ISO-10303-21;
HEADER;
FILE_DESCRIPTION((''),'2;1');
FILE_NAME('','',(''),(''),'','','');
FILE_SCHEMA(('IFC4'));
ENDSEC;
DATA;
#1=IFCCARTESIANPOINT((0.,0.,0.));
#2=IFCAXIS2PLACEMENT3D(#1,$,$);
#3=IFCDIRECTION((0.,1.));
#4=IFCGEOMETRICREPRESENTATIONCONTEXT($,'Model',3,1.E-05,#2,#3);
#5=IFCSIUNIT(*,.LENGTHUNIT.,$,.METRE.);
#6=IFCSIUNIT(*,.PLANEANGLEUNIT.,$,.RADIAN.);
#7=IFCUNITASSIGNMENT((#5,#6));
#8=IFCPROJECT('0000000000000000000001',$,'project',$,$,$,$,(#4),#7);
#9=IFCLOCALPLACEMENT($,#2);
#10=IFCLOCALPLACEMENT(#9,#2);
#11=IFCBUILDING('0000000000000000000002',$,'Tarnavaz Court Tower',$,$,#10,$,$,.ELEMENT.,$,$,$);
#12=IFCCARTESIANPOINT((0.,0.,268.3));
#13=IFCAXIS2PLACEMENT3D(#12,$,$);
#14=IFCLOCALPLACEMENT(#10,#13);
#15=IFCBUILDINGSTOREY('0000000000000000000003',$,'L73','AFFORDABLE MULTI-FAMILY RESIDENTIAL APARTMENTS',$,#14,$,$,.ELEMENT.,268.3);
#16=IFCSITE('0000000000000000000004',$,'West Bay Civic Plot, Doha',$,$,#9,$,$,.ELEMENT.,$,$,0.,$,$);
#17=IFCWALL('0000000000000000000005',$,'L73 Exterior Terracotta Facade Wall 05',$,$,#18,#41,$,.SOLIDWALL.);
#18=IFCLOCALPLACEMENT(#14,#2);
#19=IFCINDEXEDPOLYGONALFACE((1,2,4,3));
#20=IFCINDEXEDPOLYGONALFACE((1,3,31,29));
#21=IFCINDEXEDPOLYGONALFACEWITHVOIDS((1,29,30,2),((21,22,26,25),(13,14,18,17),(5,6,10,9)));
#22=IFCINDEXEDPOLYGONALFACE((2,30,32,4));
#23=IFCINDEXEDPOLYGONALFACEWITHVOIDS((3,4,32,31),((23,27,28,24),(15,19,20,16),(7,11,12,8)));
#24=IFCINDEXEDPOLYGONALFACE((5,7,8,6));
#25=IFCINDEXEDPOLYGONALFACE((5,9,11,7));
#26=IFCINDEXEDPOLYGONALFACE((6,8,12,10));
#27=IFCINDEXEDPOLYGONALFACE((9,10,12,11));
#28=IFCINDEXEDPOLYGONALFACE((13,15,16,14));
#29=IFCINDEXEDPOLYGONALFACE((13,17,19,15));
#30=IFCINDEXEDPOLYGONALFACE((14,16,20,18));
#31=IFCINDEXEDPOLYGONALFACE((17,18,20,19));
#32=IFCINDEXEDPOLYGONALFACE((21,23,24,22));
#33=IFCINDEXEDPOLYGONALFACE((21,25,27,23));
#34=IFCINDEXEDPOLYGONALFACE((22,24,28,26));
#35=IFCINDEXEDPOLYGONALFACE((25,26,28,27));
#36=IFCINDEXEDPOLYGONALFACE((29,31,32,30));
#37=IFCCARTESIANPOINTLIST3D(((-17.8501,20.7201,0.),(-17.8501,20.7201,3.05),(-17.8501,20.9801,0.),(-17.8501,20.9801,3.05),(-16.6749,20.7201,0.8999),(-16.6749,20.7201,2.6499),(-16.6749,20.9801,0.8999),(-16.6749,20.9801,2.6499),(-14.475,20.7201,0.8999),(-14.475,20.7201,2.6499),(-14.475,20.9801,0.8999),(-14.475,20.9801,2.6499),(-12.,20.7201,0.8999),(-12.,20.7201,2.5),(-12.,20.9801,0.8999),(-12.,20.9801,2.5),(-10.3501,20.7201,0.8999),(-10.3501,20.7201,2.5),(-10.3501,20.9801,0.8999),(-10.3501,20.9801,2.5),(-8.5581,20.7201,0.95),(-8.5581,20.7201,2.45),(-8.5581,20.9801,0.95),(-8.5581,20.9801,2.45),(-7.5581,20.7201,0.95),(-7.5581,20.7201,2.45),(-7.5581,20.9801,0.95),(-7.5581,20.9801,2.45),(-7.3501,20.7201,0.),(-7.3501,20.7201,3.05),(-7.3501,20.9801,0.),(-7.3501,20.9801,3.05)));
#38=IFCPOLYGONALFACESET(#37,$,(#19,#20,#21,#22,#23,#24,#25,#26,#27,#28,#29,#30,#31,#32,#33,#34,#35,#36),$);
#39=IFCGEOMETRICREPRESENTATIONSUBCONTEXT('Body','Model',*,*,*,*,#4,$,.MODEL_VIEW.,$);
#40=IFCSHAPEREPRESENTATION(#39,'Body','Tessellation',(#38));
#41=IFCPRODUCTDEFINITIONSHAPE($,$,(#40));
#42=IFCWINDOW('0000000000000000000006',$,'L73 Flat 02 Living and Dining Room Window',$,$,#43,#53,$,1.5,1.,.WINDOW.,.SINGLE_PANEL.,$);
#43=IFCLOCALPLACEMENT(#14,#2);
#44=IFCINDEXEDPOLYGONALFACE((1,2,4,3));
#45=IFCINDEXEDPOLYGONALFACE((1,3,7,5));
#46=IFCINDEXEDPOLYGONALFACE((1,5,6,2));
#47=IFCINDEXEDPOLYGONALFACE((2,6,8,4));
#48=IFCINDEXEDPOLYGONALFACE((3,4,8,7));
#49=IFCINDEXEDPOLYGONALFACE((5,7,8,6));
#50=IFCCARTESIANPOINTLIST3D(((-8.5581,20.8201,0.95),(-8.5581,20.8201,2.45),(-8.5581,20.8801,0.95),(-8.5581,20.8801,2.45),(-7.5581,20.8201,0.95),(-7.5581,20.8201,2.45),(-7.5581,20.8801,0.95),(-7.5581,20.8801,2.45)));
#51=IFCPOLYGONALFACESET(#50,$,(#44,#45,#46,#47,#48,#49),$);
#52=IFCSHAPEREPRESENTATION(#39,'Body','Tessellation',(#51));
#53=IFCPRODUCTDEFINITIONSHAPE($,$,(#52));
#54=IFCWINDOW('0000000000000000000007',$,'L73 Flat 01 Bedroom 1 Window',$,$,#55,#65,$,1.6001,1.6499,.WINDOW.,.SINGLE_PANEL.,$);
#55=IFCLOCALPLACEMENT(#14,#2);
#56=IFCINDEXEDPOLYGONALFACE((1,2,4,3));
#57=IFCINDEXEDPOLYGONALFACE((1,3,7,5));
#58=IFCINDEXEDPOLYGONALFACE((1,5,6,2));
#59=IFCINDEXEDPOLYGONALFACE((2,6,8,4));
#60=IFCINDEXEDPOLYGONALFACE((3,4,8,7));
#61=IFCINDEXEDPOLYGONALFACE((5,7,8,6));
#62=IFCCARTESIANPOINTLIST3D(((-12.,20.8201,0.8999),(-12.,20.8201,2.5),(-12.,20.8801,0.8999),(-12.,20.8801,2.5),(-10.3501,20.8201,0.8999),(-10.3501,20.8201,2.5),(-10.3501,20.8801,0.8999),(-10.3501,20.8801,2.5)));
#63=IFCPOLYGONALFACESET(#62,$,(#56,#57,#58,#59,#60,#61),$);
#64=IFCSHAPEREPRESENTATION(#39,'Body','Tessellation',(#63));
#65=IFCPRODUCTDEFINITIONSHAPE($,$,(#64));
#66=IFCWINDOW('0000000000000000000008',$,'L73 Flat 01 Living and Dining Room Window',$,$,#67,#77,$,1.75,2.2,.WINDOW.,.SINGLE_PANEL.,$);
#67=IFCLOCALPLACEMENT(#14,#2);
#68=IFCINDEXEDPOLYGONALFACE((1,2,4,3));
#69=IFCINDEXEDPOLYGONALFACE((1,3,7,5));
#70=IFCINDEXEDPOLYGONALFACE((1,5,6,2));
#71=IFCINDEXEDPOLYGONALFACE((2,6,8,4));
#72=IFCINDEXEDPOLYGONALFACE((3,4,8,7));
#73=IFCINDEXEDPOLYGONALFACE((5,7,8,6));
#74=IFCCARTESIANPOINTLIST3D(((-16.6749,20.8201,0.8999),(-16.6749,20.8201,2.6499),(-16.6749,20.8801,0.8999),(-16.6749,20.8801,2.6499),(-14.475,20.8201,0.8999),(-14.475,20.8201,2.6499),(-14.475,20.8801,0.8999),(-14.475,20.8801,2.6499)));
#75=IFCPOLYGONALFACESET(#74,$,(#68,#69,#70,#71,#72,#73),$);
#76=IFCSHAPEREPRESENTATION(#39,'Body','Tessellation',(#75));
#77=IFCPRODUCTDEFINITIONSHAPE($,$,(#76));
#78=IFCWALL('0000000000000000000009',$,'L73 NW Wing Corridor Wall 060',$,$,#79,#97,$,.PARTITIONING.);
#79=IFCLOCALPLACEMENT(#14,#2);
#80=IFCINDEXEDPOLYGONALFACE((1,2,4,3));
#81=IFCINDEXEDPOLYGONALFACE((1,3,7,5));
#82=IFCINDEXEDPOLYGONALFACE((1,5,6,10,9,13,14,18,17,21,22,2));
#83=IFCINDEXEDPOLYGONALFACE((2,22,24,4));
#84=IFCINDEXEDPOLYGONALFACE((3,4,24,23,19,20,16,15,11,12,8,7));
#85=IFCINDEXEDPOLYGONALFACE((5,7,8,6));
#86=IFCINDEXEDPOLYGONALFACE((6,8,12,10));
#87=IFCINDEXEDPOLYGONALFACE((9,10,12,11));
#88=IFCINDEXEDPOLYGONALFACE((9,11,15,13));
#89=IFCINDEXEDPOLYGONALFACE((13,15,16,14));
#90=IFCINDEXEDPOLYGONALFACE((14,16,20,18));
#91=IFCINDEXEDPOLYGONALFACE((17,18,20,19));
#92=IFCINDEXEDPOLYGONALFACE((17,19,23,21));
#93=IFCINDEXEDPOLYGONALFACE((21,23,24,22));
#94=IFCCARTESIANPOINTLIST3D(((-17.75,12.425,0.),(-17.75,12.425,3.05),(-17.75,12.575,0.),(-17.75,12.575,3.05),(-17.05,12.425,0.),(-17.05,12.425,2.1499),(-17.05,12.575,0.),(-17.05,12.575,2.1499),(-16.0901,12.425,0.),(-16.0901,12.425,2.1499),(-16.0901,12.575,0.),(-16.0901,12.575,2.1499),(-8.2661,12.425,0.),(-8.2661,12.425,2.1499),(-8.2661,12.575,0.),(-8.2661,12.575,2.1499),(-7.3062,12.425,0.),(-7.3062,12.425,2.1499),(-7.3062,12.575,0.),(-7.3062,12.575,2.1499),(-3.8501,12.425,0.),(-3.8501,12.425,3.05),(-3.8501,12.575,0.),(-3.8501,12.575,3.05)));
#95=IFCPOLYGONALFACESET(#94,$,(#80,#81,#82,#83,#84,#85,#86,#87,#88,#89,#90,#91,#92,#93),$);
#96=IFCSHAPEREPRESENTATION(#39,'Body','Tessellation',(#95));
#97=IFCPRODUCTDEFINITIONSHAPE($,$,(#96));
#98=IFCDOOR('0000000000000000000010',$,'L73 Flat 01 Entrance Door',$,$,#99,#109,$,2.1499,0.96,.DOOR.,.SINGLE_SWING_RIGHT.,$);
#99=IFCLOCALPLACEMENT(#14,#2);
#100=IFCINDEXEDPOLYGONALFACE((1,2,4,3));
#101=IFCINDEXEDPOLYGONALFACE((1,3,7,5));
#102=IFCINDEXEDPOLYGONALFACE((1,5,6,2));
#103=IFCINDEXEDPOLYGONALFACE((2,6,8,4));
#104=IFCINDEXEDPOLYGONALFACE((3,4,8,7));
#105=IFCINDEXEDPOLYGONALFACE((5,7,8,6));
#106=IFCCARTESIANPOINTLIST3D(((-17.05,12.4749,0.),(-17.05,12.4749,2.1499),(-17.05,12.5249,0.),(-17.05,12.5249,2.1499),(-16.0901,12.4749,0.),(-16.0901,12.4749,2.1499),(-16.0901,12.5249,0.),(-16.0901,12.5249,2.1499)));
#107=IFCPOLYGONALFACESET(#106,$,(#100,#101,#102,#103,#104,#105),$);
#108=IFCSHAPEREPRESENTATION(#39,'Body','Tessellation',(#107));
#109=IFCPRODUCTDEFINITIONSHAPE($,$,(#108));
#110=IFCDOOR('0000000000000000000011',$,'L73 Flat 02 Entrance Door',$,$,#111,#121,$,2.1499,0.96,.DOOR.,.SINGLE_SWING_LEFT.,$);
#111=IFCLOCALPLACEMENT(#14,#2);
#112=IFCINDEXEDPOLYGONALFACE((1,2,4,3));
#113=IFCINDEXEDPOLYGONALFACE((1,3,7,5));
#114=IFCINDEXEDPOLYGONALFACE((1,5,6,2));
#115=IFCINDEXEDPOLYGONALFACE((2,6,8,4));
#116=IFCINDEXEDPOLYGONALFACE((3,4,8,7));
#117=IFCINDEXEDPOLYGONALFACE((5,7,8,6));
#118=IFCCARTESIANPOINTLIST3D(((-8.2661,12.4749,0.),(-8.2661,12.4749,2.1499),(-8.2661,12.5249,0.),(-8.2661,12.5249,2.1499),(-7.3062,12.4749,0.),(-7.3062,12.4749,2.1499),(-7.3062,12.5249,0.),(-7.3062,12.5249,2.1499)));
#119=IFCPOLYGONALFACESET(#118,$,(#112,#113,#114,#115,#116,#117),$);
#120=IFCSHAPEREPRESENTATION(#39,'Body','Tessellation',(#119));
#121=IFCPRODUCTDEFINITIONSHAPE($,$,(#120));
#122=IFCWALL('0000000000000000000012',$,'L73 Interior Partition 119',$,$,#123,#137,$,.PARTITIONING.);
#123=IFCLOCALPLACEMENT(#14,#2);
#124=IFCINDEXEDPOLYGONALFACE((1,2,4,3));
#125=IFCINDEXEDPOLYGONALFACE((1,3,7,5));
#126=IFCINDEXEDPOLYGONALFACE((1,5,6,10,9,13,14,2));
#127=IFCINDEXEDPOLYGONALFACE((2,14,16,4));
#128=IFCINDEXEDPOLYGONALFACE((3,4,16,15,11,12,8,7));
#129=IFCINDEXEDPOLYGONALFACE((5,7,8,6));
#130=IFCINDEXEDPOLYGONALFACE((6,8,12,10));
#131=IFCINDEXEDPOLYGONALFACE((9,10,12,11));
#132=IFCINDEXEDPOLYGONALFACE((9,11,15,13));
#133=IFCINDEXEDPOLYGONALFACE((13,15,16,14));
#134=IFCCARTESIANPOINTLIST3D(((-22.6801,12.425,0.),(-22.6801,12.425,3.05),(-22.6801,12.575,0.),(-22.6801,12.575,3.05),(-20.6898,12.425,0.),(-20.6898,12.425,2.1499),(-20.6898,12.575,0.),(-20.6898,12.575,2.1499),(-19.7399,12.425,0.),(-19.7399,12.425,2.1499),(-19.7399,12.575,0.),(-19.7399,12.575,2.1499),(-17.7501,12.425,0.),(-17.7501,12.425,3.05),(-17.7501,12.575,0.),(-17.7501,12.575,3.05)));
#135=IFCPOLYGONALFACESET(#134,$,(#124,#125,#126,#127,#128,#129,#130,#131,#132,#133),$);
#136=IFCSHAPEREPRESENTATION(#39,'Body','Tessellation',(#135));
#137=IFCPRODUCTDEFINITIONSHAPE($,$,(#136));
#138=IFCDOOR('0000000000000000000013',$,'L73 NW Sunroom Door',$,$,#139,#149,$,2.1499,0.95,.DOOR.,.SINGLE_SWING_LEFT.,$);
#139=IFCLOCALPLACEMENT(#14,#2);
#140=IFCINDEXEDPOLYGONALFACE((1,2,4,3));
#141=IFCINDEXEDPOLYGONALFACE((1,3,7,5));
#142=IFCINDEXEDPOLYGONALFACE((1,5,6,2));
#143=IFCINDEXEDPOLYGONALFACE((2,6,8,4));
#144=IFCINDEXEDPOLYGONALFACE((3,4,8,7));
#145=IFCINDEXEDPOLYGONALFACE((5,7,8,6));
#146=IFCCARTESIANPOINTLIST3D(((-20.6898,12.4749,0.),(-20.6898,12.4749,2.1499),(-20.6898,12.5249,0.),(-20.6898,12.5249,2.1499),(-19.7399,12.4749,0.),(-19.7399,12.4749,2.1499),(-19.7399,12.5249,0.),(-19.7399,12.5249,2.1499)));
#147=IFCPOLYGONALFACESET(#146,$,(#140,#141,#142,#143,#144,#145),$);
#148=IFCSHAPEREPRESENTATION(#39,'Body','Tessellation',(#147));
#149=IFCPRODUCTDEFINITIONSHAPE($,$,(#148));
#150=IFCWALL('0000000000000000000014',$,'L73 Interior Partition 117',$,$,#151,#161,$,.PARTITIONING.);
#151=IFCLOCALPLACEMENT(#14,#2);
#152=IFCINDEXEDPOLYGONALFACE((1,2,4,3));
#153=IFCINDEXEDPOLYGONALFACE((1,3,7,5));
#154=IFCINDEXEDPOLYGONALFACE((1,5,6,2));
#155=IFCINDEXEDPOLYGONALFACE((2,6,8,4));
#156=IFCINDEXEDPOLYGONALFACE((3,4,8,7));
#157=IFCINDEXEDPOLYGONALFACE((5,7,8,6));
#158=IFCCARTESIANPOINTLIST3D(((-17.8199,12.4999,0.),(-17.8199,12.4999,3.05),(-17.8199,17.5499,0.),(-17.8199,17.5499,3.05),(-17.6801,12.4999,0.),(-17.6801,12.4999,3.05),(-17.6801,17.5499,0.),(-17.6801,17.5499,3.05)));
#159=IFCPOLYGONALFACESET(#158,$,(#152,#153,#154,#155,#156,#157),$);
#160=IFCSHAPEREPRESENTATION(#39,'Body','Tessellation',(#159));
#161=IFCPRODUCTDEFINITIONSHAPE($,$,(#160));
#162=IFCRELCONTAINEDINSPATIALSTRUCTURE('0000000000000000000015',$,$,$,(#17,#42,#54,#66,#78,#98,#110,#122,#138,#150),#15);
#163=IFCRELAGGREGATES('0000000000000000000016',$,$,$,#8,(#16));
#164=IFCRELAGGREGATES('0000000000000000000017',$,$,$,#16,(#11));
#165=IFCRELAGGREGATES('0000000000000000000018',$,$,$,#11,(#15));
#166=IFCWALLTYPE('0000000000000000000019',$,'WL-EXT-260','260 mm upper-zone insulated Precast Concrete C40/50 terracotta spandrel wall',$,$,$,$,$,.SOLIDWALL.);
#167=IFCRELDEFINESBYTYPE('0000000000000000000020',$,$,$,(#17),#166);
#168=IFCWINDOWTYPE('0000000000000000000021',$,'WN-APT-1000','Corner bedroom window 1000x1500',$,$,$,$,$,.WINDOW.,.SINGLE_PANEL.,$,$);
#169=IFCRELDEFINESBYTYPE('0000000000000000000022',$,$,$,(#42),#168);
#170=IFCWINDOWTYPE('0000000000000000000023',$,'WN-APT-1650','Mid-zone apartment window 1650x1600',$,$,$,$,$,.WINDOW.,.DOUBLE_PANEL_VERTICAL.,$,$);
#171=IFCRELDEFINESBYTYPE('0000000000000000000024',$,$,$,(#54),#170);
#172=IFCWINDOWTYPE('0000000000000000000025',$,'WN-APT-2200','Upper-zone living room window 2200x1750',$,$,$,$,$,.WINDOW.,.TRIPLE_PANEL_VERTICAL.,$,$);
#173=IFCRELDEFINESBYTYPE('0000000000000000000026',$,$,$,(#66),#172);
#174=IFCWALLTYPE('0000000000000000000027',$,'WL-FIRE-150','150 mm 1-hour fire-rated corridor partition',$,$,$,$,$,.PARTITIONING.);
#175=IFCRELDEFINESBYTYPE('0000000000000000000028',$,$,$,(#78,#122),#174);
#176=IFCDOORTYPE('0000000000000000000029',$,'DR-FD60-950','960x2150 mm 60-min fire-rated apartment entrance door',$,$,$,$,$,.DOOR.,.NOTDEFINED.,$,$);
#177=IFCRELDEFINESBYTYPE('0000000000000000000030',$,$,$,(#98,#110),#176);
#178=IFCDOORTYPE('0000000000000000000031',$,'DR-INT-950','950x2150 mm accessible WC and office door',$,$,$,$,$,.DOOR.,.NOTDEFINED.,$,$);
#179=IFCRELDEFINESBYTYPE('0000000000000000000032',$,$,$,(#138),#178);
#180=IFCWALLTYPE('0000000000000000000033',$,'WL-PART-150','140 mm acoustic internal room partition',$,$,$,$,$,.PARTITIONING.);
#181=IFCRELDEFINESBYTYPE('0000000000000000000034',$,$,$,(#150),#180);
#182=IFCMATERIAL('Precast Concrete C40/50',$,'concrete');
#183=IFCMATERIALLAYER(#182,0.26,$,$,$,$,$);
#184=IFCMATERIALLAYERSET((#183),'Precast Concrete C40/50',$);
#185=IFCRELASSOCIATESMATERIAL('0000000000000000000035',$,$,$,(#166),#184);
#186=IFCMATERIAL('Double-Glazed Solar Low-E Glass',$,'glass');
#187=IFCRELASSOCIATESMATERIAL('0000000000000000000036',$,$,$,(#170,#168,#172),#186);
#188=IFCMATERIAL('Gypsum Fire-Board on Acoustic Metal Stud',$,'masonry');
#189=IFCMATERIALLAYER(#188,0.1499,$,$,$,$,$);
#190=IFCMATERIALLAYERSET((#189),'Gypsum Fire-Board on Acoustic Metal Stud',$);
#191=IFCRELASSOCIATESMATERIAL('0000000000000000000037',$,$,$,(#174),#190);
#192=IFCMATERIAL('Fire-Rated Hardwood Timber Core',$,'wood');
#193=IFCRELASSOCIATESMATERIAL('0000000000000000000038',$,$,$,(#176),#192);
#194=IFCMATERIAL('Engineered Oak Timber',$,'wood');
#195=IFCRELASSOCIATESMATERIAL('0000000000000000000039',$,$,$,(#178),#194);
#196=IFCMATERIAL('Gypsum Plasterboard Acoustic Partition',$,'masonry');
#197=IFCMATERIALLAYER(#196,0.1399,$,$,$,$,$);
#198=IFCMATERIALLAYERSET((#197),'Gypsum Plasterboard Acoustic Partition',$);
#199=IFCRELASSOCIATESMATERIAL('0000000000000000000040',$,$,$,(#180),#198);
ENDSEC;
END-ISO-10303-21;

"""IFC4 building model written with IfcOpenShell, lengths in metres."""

from ifc_helpers import new_model, si_unit, direction, frame, frame_2d, origin, place, context, subcontext, project, spatial, rectangle, extrude, material, layer, layer_set, type_object, element, fill, save


model = new_model("IFC4")

# Units and contexts
model_context = context("Model", 3, precision=1e-05, world=origin(), true_north=direction((0.0, 1.0)))
body_context = subcontext(model_context, "Body", "Model", "MODEL_VIEW")
ifc_project = project(units=[si_unit("LENGTHUNIT", "METRE"), si_unit("PLANEANGLEUNIT", "RADIAN")], contexts=[model_context])

# Site, building, storey
site_placement = place(None, origin())
site = spatial("IfcSite", under=ifc_project, at=site_placement, Name="West Bay Civic Plot, Doha", CompositionType="ELEMENT", RefElevation=0.0)
building_placement = place(site_placement, origin())
building = spatial("IfcBuilding", under=site, at=building_placement, Name="Tarnavaz Court Tower", CompositionType="ELEMENT")
storey_placement = place(building_placement, frame((0.0, 0.0, 268.3)))
storey = spatial("IfcBuildingStorey", under=building, at=storey_placement, Name="L73", Description="AFFORDABLE MULTI-FAMILY RESIDENTIAL APARTMENTS", CompositionType="ELEMENT", Elevation=268.3)

# Shared definitions
ifc_material_1 = material(Name="Precast Concrete C40/50", Category="concrete")
ifc_layer_1 = layer(ifc_material_1, 0.26)
ifc_layer_set_1 = layer_set([ifc_layer_1], Name="Precast Concrete C40/50")
wall_type_1 = type_object("IfcWallType", Name="WL-EXT-260", Description="260 mm upper-zone insulated Precast Concrete C40/50 terracotta spandrel wall", PredefinedType="SOLIDWALL", material=ifc_layer_set_1)
ifc_material_2 = material(Name="Double-Glazed Solar Low-E Glass", Category="glass")
window_type_1 = type_object("IfcWindowType", Name="WN-APT-1650", Description="Mid-zone apartment window 1650x1600", PartitioningType="DOUBLE_PANEL_VERTICAL", PredefinedType="WINDOW", material=ifc_material_2)

# Wall, openings, windows
wall_1_placement = place(storey_placement, frame((-17.8501, 20.8501, 0.0), z_axis=(0.0, 0.0, 1.0), x_axis=(1.0, 0.0, 0.0)))
wall_1 = element("IfcWall", 1, at=wall_1_placement, inside=storey, type_object=wall_type_1, Name="L73 Exterior Terracotta Facade Wall 05", PredefinedType="SOLIDWALL", context=body_context, shape_type="SweptSolid", body=[
    extrude(rectangle(XDim=10.5, YDim=0.26, at=frame_2d((5.25, 0.0))), origin(), (0.0, 0.0, 1.0), 3.05),
])
opening_1_placement = place(wall_1_placement, frame((1.175, 0.0, 0.8999)))
opening_1 = element("IfcOpeningElement", 2, at=opening_1_placement, cuts=wall_1, PredefinedType="OPENING", context=body_context, shape_type="SweptSolid", body=[
    extrude(rectangle(XDim=2.2, YDim=1.75, at=frame_2d((1.1001, 0.875))), frame((0.0, 0.1399, 0.0), z_axis=(0.0, -1.0, 0.0), x_axis=(1.0, 0.0, 0.0)), (0.0, 0.0, 1.0), 0.28),
])
opening_2_placement = place(wall_1_placement, frame((5.8501, 0.0, 0.8999)))
opening_2 = element("IfcOpeningElement", 3, at=opening_2_placement, cuts=wall_1, PredefinedType="OPENING", context=body_context, shape_type="SweptSolid", body=[
    extrude(rectangle(XDim=1.6499, YDim=1.6001, at=frame_2d((0.825, 0.8))), frame((0.0, 0.1399, 0.0), z_axis=(0.0, -1.0, 0.0), x_axis=(1.0, 0.0, 0.0)), (0.0, 0.0, 1.0), 0.28),
])
opening_3_placement = place(wall_1_placement, frame((9.292, 0.0, 0.95)))
opening_3 = element("IfcOpeningElement", 4, at=opening_3_placement, cuts=wall_1, PredefinedType="OPENING", context=body_context, shape_type="SweptSolid", body=[
    extrude(rectangle(XDim=1.0, YDim=1.5, at=frame_2d((0.5, 0.75))), frame((0.0, 0.1399, 0.0), z_axis=(0.0, -1.0, 0.0), x_axis=(1.0, 0.0, 0.0)), (0.0, 0.0, 1.0), 0.28),
])
window_type_2 = type_object("IfcWindowType", Name="WN-APT-1000", Description="Corner bedroom window 1000x1500", PartitioningType="SINGLE_PANEL", PredefinedType="WINDOW", material=ifc_material_2)
window_1_placement = place(opening_3_placement, origin())
window_1 = element("IfcWindow", 5, at=window_1_placement, inside=storey, type_object=window_type_2, Name="L73 Flat 02 Living and Dining Room Window", OverallHeight=1.5, OverallWidth=1.0, PartitioningType="SINGLE_PANEL", PredefinedType="WINDOW", context=body_context, shape_type="SweptSolid", body=[
    extrude(rectangle(XDim=1.0, YDim=1.5, at=frame_2d((0.5, 0.75))), frame((0.0, 0.03, 0.0), z_axis=(0.0, -1.0, 0.0), x_axis=(1.0, 0.0, 0.0)), (0.0, 0.0, 1.0), 0.0601),
])
fill(opening_3, window_1)
window_2_placement = place(opening_2_placement, origin())
window_2 = element("IfcWindow", 6, at=window_2_placement, inside=storey, type_object=window_type_1, Name="L73 Flat 01 Bedroom 1 Window", OverallHeight=1.6001, OverallWidth=1.6499, PartitioningType="SINGLE_PANEL", PredefinedType="WINDOW", context=body_context, shape_type="SweptSolid", body=[
    extrude(rectangle(XDim=1.6499, YDim=1.6001, at=frame_2d((0.825, 0.8))), frame((0.0, 0.03, 0.0), z_axis=(0.0, -1.0, 0.0), x_axis=(1.0, 0.0, 0.0)), (0.0, 0.0, 1.0), 0.0601),
])
fill(opening_2, window_2)
window_type_3 = type_object("IfcWindowType", Name="WN-APT-2200", Description="Upper-zone living room window 2200x1750", PartitioningType="TRIPLE_PANEL_VERTICAL", PredefinedType="WINDOW", material=ifc_material_2)
window_3_placement = place(opening_1_placement, origin())
window_3 = element("IfcWindow", 7, at=window_3_placement, inside=storey, type_object=window_type_3, Name="L73 Flat 01 Living and Dining Room Window", OverallHeight=1.75, OverallWidth=2.2, PartitioningType="SINGLE_PANEL", PredefinedType="WINDOW", context=body_context, shape_type="SweptSolid", body=[
    extrude(rectangle(XDim=2.2, YDim=1.75, at=frame_2d((1.1001, 0.875))), frame((0.0, 0.03, 0.0), z_axis=(0.0, -1.0, 0.0), x_axis=(1.0, 0.0, 0.0)), (0.0, 0.0, 1.0), 0.0601),
])
fill(opening_1, window_3)

# Wall, openings, doors
ifc_material_3 = material(Name="Gypsum Fire-Board on Acoustic Metal Stud", Category="masonry")
ifc_layer_2 = layer(ifc_material_3, 0.1499)
ifc_layer_set_2 = layer_set([ifc_layer_2], Name="Gypsum Fire-Board on Acoustic Metal Stud")
wall_type_2 = type_object("IfcWallType", Name="WL-FIRE-150", Description="150 mm 1-hour fire-rated corridor partition", PredefinedType="PARTITIONING", material=ifc_layer_set_2)
wall_2_placement = place(storey_placement, frame((-17.75, 12.5, 0.0), z_axis=(0.0, 0.0, 1.0), x_axis=(1.0, 0.0, 0.0)))
wall_2 = element("IfcWall", 8, at=wall_2_placement, inside=storey, type_object=wall_type_2, Name="L73 NW Wing Corridor Wall 060", PredefinedType="PARTITIONING", context=body_context, shape_type="SweptSolid", body=[
    extrude(rectangle(XDim=13.8999, YDim=0.1499, at=frame_2d((6.95, 0.0))), origin(), (0.0, 0.0, 1.0), 3.05),
])
opening_4_placement = place(wall_2_placement, frame((0.7, 0.0, 0.0)))
opening_4 = element("IfcOpeningElement", 9, at=opening_4_placement, cuts=wall_2, PredefinedType="OPENING", context=body_context, shape_type="SweptSolid", body=[
    extrude(rectangle(XDim=0.96, YDim=2.1499, at=frame_2d((0.48, 1.075))), frame((0.0, 0.085, 0.0), z_axis=(0.0, -1.0, 0.0), x_axis=(1.0, 0.0, 0.0)), (0.0, 0.0, 1.0), 0.1699),
])
opening_5_placement = place(wall_2_placement, frame((9.4839, 0.0, 0.0)))
opening_5 = element("IfcOpeningElement", 10, at=opening_5_placement, cuts=wall_2, PredefinedType="OPENING", context=body_context, shape_type="SweptSolid", body=[
    extrude(rectangle(XDim=0.96, YDim=2.1499, at=frame_2d((0.48, 1.075))), frame((0.0, 0.085, 0.0), z_axis=(0.0, -1.0, 0.0), x_axis=(1.0, 0.0, 0.0)), (0.0, 0.0, 1.0), 0.1699),
])
ifc_material_4 = material(Name="Fire-Rated Hardwood Timber Core", Category="wood")
door_type_1 = type_object("IfcDoorType", Name="DR-FD60-950", Description="960x2150 mm 60-min fire-rated apartment entrance door", OperationType="NOTDEFINED", PredefinedType="DOOR", material=ifc_material_4)
door_1_placement = place(opening_4_placement, origin())
door_1 = element("IfcDoor", 11, at=door_1_placement, inside=storey, type_object=door_type_1, Name="L73 Flat 01 Entrance Door", OperationType="SINGLE_SWING_RIGHT", OverallHeight=2.1499, OverallWidth=0.96, PredefinedType="DOOR", context=body_context, shape_type="SweptSolid", body=[
    extrude(rectangle(XDim=0.96, YDim=2.1499, at=frame_2d((0.48, 1.075))), frame((0.0, 0.0249, 0.0), z_axis=(0.0, -1.0, 0.0), x_axis=(1.0, 0.0, 0.0)), (0.0, 0.0, 1.0), 0.05),
])
fill(opening_4, door_1)
door_2_placement = place(opening_5_placement, origin())
door_2 = element("IfcDoor", 12, at=door_2_placement, inside=storey, type_object=door_type_1, Name="L73 Flat 02 Entrance Door", OperationType="SINGLE_SWING_LEFT", OverallHeight=2.1499, OverallWidth=0.96, PredefinedType="DOOR", context=body_context, shape_type="SweptSolid", body=[
    extrude(rectangle(XDim=0.96, YDim=2.1499, at=frame_2d((0.48, 1.075))), frame((0.0, 0.0249, 0.0), z_axis=(0.0, -1.0, 0.0), x_axis=(1.0, 0.0, 0.0)), (0.0, 0.0, 1.0), 0.05),
])
fill(opening_5, door_2)

# Wall, opening, door
wall_3_placement = place(storey_placement, frame((-22.6799, 12.5, 0.0), z_axis=(0.0, 0.0, 1.0), x_axis=(1.0, 0.0, 0.0)))
wall_3 = element("IfcWall", 13, at=wall_3_placement, inside=storey, type_object=wall_type_2, Name="L73 Interior Partition 119", PredefinedType="PARTITIONING", context=body_context, shape_type="SweptSolid", body=[
    extrude(rectangle(XDim=4.9299, YDim=0.1499, at=frame_2d((2.4648, 0.0))), origin(), (0.0, 0.0, 1.0), 3.05),
])
opening_6_placement = place(wall_3_placement, frame((1.99, 0.0, 0.0)))
opening_6 = element("IfcOpeningElement", 14, at=opening_6_placement, cuts=wall_3, PredefinedType="OPENING", context=body_context, shape_type="SweptSolid", body=[
    extrude(rectangle(XDim=0.95, YDim=2.1499, at=frame_2d((0.4751, 1.075))), frame((0.0, 0.085, 0.0), z_axis=(0.0, -1.0, 0.0), x_axis=(1.0, 0.0, 0.0)), (0.0, 0.0, 1.0), 0.1699),
])
ifc_material_5 = material(Name="Engineered Oak Timber", Category="wood")
door_type_2 = type_object("IfcDoorType", Name="DR-INT-950", Description="950x2150 mm accessible WC and office door", OperationType="NOTDEFINED", PredefinedType="DOOR", material=ifc_material_5)
door_3_placement = place(opening_6_placement, origin())
door_3 = element("IfcDoor", 15, at=door_3_placement, inside=storey, type_object=door_type_2, Name="L73 NW Sunroom Door", OperationType="SINGLE_SWING_LEFT", OverallHeight=2.1499, OverallWidth=0.95, PredefinedType="DOOR", context=body_context, shape_type="SweptSolid", body=[
    extrude(rectangle(XDim=0.95, YDim=2.1499, at=frame_2d((0.4751, 1.075))), frame((0.0, 0.0249, 0.0), z_axis=(0.0, -1.0, 0.0), x_axis=(1.0, 0.0, 0.0)), (0.0, 0.0, 1.0), 0.05),
])
fill(opening_6, door_3)

# Wall
ifc_material_6 = material(Name="Gypsum Plasterboard Acoustic Partition", Category="masonry")
ifc_layer_3 = layer(ifc_material_6, 0.1399)
ifc_layer_set_3 = layer_set([ifc_layer_3], Name="Gypsum Plasterboard Acoustic Partition")
wall_type_3 = type_object("IfcWallType", Name="WL-PART-150", Description="140 mm acoustic internal room partition", PredefinedType="PARTITIONING", material=ifc_layer_set_3)
wall_4_placement = place(storey_placement, frame((-17.75, 12.5, 0.0), z_axis=(0.0, 0.0, 1.0), x_axis=(0.0, 1.0, 0.0)))
element("IfcWall", 16, at=wall_4_placement, inside=storey, type_object=wall_type_3, Name="L73 Interior Partition 117", PredefinedType="PARTITIONING", context=body_context, shape_type="SweptSolid", body=[
    extrude(rectangle(XDim=5.05, YDim=0.1399, at=frame_2d((2.5249, 0.0))), origin(), (0.0, 0.0, 1.0), 3.05),
])

save(model, "model.ifc")
